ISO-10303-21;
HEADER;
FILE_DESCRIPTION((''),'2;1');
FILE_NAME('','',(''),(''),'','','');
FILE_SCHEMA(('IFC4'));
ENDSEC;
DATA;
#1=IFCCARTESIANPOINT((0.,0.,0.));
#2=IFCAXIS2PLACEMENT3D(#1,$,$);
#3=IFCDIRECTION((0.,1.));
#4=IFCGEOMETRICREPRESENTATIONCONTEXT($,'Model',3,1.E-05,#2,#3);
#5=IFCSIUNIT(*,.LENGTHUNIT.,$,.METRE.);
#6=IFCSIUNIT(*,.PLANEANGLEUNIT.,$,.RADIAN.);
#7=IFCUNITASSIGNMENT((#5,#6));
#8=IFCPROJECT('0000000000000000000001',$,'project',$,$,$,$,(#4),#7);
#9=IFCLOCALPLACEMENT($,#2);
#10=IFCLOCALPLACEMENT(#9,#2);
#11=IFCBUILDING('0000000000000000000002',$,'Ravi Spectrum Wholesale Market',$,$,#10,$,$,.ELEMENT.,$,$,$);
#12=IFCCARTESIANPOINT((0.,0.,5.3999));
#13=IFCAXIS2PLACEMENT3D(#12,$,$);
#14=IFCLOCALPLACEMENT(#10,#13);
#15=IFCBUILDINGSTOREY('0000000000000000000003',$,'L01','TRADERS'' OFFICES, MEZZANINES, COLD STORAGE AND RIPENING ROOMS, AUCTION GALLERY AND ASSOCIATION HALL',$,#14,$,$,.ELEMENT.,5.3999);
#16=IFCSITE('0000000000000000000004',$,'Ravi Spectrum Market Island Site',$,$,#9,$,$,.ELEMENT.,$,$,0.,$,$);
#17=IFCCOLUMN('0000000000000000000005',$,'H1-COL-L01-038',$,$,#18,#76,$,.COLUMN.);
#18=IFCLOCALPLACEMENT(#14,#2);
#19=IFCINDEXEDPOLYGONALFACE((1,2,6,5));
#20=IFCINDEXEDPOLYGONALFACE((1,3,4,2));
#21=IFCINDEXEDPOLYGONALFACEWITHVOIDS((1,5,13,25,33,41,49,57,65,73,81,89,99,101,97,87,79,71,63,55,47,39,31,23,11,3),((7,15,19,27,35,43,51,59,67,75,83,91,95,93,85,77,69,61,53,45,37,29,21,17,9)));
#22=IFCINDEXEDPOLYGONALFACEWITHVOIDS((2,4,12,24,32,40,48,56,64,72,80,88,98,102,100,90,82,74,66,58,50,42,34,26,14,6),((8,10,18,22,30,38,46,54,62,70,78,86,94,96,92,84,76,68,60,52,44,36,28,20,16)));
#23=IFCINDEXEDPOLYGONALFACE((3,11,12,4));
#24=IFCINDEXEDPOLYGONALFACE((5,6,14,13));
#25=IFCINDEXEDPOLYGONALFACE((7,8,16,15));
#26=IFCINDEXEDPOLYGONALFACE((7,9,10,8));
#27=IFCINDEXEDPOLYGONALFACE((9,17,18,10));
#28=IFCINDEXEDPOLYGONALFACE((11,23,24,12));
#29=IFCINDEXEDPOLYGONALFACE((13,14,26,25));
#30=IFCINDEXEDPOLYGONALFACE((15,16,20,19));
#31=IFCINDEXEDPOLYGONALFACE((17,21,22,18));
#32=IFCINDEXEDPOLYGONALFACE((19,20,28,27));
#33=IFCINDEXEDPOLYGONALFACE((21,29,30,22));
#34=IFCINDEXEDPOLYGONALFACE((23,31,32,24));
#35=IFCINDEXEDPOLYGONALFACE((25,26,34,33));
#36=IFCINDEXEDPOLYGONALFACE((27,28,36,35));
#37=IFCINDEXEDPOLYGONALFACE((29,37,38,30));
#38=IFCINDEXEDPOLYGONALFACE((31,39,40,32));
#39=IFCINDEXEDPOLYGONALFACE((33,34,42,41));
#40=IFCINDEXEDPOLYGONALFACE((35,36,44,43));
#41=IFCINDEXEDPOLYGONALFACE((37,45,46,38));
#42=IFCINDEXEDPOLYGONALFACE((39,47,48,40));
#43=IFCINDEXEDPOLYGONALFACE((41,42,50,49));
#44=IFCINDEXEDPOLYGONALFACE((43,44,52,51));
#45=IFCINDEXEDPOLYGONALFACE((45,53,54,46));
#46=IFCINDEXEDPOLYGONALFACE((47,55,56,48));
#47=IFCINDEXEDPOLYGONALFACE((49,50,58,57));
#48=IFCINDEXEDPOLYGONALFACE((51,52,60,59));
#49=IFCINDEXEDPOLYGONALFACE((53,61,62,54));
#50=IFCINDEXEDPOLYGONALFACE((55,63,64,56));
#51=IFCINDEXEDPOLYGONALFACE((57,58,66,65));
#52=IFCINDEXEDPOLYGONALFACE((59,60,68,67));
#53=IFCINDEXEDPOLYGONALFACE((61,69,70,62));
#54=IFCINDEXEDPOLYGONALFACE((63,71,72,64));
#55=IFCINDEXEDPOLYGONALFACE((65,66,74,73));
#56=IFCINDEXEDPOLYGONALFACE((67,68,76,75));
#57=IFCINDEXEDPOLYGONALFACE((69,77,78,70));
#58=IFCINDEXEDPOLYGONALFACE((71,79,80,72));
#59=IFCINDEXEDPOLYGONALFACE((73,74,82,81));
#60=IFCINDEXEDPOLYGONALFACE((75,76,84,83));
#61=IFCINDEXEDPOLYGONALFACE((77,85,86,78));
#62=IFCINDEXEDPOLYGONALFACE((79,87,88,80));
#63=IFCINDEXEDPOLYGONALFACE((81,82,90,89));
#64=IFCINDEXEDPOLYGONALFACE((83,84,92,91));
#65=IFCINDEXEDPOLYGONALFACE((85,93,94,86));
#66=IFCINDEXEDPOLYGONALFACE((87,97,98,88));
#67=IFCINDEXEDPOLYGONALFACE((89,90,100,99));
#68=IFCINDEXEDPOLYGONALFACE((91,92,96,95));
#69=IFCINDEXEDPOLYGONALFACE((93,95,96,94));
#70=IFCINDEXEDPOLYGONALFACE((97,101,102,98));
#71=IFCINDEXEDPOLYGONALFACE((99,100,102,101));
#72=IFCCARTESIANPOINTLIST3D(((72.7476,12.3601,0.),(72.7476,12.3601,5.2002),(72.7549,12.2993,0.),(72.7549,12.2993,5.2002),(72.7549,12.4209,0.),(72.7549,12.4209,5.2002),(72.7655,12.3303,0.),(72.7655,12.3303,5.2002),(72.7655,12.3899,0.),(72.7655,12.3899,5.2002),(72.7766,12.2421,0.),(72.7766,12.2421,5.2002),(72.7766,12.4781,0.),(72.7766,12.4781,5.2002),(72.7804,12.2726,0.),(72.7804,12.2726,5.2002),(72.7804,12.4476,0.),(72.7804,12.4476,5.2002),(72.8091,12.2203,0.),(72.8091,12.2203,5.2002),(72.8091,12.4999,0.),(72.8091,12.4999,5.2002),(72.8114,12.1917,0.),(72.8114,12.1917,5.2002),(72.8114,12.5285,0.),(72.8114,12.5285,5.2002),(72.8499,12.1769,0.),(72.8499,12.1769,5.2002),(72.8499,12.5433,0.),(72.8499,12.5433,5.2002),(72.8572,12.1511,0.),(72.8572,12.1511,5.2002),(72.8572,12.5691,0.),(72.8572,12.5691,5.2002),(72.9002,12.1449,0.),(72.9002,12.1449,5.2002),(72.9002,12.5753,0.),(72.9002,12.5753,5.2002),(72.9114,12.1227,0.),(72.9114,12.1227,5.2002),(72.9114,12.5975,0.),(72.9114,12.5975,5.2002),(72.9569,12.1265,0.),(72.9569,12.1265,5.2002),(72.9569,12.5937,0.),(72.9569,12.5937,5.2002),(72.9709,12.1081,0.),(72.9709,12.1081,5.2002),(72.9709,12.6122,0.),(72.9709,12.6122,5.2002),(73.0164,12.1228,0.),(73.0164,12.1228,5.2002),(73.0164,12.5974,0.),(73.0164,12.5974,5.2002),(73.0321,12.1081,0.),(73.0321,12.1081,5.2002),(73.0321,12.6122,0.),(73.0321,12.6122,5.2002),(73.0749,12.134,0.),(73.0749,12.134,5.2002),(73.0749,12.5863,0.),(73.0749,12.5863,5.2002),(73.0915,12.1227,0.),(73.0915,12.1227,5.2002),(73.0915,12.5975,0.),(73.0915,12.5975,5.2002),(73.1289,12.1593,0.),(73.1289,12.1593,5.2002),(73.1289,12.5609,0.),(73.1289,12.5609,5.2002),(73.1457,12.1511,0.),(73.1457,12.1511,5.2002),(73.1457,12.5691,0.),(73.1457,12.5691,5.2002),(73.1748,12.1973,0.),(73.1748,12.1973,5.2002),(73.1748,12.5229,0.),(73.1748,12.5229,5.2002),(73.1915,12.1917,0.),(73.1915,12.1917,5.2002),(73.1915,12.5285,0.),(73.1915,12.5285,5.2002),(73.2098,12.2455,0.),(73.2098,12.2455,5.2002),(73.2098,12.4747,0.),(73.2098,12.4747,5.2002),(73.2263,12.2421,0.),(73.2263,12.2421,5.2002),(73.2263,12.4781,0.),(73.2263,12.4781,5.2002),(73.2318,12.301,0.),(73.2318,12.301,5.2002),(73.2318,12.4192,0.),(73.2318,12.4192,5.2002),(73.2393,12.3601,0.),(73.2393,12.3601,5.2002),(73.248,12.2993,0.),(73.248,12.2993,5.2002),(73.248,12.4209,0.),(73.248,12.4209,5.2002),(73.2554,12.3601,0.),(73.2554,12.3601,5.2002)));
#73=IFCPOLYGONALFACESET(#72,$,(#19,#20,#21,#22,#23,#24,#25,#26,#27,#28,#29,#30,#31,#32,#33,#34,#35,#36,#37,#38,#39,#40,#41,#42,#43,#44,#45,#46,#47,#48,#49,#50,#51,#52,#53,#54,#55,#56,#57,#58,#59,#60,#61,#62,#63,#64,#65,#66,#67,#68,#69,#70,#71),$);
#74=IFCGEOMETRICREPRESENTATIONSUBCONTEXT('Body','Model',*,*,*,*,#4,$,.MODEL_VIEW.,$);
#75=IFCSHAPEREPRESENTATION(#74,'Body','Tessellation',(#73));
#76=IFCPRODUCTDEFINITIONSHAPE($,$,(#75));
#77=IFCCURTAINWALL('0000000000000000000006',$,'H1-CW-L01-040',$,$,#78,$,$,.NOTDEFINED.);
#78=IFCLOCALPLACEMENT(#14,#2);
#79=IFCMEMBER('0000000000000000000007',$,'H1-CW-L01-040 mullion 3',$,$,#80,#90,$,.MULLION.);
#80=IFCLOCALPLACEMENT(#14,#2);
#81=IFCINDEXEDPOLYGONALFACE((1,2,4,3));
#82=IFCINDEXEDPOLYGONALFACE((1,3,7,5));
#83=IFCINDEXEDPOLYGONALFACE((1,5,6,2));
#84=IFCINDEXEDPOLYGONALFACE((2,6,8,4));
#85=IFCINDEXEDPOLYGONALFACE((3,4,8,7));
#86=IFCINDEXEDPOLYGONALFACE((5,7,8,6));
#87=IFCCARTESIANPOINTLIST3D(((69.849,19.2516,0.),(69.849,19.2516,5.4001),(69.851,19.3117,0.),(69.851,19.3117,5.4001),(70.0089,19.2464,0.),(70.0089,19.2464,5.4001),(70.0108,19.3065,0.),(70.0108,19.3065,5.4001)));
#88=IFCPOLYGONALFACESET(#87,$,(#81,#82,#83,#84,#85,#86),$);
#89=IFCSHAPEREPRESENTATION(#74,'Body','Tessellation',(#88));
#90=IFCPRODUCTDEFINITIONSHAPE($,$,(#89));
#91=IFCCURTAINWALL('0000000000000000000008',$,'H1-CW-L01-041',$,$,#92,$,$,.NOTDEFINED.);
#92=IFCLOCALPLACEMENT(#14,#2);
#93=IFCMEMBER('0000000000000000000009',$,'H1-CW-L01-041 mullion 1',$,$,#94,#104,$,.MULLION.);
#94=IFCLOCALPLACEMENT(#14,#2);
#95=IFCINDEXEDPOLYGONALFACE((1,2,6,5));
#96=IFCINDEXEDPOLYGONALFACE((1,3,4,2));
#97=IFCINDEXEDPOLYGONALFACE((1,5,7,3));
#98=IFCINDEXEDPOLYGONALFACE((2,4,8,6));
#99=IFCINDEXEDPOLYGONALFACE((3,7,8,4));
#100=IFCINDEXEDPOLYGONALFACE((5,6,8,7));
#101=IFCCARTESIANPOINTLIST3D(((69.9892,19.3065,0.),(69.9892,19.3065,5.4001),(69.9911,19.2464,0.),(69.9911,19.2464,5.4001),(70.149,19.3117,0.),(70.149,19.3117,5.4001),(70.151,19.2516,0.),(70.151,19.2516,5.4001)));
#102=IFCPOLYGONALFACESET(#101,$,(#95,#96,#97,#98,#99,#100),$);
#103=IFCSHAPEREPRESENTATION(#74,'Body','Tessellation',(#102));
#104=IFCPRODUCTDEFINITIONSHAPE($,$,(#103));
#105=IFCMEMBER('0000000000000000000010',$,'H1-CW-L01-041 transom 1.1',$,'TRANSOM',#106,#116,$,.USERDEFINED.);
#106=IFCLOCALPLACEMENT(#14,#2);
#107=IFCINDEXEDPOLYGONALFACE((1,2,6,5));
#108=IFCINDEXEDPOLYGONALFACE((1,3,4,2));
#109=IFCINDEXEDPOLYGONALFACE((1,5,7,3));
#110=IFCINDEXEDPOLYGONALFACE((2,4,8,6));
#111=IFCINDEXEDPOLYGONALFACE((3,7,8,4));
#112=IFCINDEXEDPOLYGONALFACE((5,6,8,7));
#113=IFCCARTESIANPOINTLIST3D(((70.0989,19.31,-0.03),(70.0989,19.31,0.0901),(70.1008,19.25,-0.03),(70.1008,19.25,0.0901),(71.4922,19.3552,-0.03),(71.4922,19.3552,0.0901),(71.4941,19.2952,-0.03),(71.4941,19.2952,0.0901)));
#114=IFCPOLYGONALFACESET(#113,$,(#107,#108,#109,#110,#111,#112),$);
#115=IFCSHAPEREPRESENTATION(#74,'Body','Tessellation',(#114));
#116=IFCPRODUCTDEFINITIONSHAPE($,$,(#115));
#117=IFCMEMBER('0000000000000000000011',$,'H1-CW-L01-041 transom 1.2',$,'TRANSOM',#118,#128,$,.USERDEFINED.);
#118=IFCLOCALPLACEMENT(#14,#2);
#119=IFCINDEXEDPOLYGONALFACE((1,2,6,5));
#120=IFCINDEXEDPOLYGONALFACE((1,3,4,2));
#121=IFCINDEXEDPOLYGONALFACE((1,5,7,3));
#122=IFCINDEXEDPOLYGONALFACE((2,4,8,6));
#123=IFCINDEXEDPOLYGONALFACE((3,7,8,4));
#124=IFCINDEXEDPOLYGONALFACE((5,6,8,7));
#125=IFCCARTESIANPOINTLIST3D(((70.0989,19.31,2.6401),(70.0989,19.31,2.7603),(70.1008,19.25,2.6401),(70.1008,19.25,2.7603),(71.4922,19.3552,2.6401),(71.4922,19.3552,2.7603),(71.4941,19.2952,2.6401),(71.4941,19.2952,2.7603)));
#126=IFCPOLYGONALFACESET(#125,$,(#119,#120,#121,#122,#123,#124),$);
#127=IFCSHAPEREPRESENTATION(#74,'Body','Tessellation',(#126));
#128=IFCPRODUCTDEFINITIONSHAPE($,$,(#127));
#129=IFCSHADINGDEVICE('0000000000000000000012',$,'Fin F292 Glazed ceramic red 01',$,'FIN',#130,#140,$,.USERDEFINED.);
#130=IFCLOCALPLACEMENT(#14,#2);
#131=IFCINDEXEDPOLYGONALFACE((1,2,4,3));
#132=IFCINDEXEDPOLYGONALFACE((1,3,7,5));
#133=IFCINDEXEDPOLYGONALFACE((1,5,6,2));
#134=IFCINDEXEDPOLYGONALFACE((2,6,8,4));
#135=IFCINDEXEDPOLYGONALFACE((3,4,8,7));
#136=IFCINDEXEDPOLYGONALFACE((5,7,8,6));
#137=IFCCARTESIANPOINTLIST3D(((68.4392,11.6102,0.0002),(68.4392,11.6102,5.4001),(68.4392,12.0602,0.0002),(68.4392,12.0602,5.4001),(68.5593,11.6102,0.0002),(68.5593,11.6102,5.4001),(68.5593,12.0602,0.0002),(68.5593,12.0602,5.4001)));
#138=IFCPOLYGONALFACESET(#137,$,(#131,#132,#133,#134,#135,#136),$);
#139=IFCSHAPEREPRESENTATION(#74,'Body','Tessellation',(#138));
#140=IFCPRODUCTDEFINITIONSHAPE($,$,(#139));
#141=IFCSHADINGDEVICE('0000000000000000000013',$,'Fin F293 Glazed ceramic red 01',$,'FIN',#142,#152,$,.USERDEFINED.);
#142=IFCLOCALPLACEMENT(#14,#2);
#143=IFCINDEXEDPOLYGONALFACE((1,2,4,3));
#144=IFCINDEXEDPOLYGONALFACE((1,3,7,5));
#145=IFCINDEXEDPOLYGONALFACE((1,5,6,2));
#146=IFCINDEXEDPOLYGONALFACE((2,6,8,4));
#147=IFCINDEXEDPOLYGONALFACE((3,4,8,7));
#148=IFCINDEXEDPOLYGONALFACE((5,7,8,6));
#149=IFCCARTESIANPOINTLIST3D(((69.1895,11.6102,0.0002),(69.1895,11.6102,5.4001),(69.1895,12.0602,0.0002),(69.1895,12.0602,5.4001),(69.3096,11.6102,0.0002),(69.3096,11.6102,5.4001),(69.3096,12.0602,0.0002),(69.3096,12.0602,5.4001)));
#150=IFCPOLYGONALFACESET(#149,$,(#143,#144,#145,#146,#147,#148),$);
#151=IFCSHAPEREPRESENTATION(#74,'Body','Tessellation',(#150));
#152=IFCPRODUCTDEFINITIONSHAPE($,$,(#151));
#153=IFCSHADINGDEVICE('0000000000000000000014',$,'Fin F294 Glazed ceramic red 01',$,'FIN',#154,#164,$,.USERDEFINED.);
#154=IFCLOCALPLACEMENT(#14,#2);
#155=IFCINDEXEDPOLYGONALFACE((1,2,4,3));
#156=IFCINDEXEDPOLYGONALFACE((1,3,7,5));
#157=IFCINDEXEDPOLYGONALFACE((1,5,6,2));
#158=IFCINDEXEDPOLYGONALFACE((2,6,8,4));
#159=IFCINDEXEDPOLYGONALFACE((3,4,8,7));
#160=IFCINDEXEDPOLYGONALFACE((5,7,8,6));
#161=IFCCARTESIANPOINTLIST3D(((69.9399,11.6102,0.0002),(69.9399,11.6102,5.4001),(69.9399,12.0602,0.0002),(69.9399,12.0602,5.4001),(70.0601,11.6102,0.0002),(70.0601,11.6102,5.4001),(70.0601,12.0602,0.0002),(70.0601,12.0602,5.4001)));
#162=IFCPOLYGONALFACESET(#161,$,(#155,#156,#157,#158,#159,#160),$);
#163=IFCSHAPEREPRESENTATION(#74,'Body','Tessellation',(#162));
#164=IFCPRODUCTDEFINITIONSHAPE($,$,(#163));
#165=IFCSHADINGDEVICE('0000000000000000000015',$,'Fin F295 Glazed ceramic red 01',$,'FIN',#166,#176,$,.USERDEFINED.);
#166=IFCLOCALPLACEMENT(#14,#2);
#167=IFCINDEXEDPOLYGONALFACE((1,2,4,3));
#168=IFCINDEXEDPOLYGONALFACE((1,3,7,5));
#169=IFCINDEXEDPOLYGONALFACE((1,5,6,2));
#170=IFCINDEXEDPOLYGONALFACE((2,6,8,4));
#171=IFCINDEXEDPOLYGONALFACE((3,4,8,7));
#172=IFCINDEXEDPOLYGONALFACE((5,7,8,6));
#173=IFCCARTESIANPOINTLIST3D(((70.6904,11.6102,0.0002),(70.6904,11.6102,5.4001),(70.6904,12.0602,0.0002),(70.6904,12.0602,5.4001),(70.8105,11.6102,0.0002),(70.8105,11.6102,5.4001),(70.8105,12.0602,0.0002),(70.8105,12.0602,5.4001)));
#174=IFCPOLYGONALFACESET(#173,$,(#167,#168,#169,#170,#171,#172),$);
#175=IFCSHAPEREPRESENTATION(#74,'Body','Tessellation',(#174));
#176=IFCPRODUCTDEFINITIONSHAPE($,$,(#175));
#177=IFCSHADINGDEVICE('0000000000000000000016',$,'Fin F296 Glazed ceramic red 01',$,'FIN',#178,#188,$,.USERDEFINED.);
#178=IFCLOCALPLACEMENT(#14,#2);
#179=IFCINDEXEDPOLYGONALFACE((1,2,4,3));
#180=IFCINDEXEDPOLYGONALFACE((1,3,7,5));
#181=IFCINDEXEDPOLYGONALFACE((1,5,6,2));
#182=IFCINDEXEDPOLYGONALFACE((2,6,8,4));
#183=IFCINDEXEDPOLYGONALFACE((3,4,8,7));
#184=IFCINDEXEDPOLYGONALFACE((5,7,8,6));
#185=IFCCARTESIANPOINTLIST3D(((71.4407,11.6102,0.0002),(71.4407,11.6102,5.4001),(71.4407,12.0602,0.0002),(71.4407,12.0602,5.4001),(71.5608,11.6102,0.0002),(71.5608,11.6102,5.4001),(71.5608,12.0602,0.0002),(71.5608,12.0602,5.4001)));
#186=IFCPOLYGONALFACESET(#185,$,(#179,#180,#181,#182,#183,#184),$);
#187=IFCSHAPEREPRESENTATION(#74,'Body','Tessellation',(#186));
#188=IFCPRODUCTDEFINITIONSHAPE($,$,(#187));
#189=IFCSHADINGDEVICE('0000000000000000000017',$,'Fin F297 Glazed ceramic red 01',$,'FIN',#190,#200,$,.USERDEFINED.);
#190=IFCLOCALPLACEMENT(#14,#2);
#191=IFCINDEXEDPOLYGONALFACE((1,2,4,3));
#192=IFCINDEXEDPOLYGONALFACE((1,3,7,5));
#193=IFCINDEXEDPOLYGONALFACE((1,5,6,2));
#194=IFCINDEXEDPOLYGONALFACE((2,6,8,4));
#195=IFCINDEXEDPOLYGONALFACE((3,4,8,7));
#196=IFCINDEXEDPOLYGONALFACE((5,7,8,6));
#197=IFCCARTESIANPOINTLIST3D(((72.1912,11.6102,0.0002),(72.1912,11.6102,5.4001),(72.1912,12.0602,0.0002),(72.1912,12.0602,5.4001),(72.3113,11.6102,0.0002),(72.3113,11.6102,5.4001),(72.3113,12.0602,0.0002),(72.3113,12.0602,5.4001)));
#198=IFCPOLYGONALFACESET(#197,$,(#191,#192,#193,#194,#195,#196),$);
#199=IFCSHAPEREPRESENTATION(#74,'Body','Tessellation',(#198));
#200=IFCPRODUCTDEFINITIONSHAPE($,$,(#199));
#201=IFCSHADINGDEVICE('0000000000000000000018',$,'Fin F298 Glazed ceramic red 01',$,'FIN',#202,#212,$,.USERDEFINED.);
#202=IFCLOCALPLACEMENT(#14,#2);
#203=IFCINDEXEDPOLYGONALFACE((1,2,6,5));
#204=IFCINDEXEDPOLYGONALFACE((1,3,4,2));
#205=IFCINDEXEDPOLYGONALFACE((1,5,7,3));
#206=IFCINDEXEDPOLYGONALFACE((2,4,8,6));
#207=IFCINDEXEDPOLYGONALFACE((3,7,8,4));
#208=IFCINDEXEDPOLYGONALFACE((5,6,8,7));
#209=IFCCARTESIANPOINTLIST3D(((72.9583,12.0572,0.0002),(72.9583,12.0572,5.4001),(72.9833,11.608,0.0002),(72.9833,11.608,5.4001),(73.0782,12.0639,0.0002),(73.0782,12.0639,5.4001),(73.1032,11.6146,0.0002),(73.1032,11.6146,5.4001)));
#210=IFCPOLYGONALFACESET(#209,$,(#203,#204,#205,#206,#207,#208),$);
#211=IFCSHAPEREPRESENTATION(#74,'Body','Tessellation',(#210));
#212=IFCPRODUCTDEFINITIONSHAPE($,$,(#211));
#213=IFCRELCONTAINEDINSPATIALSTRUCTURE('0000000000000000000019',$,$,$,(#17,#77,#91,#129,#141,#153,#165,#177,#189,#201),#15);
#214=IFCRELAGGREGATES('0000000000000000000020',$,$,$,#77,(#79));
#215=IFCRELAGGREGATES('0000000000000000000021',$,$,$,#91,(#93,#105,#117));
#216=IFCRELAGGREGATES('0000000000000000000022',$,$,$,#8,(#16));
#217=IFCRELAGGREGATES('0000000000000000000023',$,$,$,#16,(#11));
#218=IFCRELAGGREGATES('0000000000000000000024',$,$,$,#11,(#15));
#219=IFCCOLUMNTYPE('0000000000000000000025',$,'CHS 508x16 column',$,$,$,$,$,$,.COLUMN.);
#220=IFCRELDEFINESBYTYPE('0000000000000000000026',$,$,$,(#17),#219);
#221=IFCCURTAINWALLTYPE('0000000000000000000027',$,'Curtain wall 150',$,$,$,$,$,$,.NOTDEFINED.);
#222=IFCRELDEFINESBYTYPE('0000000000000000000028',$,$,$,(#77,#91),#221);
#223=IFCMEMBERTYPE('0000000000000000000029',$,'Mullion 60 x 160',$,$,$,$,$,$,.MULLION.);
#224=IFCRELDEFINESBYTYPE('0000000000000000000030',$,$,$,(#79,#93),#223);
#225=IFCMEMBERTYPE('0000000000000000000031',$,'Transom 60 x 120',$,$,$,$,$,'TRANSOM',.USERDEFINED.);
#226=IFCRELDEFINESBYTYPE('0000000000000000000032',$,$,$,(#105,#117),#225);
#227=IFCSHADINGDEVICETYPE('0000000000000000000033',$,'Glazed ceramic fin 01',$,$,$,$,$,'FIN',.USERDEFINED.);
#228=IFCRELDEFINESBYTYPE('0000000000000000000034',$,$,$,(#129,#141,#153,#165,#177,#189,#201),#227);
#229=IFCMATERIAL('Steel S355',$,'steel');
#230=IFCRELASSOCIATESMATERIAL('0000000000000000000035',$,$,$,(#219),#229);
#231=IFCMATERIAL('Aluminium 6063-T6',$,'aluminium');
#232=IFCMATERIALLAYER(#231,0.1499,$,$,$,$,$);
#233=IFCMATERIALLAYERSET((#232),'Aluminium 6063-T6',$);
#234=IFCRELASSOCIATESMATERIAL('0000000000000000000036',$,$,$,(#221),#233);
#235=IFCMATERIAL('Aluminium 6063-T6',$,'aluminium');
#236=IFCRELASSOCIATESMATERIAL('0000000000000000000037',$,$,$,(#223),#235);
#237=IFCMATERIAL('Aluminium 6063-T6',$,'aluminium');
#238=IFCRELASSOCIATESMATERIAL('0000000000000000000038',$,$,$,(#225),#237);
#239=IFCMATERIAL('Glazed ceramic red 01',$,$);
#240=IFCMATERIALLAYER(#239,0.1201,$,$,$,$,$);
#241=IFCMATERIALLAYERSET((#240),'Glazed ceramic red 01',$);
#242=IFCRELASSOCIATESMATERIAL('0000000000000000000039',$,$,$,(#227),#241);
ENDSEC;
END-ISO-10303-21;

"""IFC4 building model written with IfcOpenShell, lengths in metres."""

from ifc_helpers import new_model, si_unit, direction, frame, origin, origin_2d, place, context, subcontext, project, spatial, rectangle, hollow_circle, extrude, material, layer, layer_set, material_profile, profile_set, type_object, element, aggregate, save


model = new_model("IFC4")

# Units and contexts
model_context = context("Model", 3, precision=1e-05, world=origin(), true_north=direction((0.0, 1.0)))
body_context = subcontext(model_context, "Body", "Model", "MODEL_VIEW")
ifc_project = project(units=[si_unit("LENGTHUNIT", "METRE"), si_unit("PLANEANGLEUNIT", "RADIAN")], contexts=[model_context])

# Site, building, storey
site_placement = place(None, origin())
site = spatial("IfcSite", under=ifc_project, at=site_placement, Name="Ravi Spectrum Market Island Site", CompositionType="ELEMENT", RefElevation=0.0)
building_placement = place(site_placement, origin())
building = spatial("IfcBuilding", under=site, at=building_placement, Name="Ravi Spectrum Wholesale Market", CompositionType="ELEMENT")
storey_placement = place(building_placement, frame((0.0, 0.0, 5.3999)))
storey = spatial("IfcBuildingStorey", under=building, at=storey_placement, Name="L01", Description="TRADERS' OFFICES, MEZZANINES, COLD STORAGE AND RIPENING ROOMS, AUCTION GALLERY AND ASSOCIATION HALL", CompositionType="ELEMENT", Elevation=5.3999)

# Column
ifc_material_1 = material(Name="Steel S355", Category="steel")
ifc_material_profile_1 = material_profile(ifc_material_1, hollow_circle(Radius=0.2539, WallThickness=0.0161, at=origin_2d()))
ifc_profile_set_1 = profile_set([ifc_material_profile_1], Name="Steel S355")
column_type = type_object("IfcColumnType", Name="CHS 508x16 column", PredefinedType="COLUMN", material=ifc_profile_set_1)
column_placement = place(storey_placement, frame((73.0015, 12.3601, 0.0), z_axis=(0.0, 0.0, 1.0), x_axis=(1.0, 0.0, 0.0)))
element("IfcColumn", 1, at=column_placement, inside=storey, type_object=column_type, Name="H1-COL-L01-038", PredefinedType="COLUMN", context=body_context, shape_type="SweptSolid", body=[
    extrude(hollow_circle(Radius=0.2539, WallThickness=0.0161, at=origin_2d()), origin(), (0.0, 0.0, 1.0), 5.2002),
])

# Curtain wall, member
ifc_material_2 = material(Name="Aluminium 6063-T6", Category="aluminium")
ifc_layer_1 = layer(ifc_material_2, 0.1499)
ifc_layer_set_1 = layer_set([ifc_layer_1], Name="Aluminium 6063-T6")
curtain_wall_type = type_object("IfcCurtainWallType", Name="Curtain wall 150", PredefinedType="NOTDEFINED", material=ifc_layer_set_1)
curtain_wall_1_placement = place(storey_placement, origin())
curtain_wall_1 = element("IfcCurtainWall", 2, at=curtain_wall_1_placement, inside=storey, type_object=curtain_wall_type, Name="H1-CW-L01-040", PredefinedType="NOTDEFINED")
ifc_material_3 = material(Name="Aluminium 6063-T6", Category="aluminium")
ifc_material_profile_2 = material_profile(ifc_material_3, rectangle(XDim=0.0601, YDim=0.1599, at=origin_2d()))
ifc_profile_set_2 = profile_set([ifc_material_profile_2], Name="Aluminium 6063-T6")
member_type_1 = type_object("IfcMemberType", Name="Mullion 60 x 160", PredefinedType="MULLION", material=ifc_profile_set_2)
member_1_placement = place(storey_placement, frame((69.9299, 19.2791, 0.0), z_axis=(0.0, 0.0, 1.0), x_axis=(0.032427, 0.999474, 0.0)))
member_1 = element("IfcMember", 3, at=member_1_placement, type_object=member_type_1, Name="H1-CW-L01-040 mullion 3", PredefinedType="MULLION", context=body_context, shape_type="SweptSolid", body=[
    extrude(rectangle(XDim=0.0601, YDim=0.1599, at=origin_2d()), origin(), (0.0, 0.0, 1.0), 5.4001),
])
aggregate(curtain_wall_1, [member_1])

# Curtain wall, members
curtain_wall_2_placement = place(storey_placement, origin())
curtain_wall_2 = element("IfcCurtainWall", 4, at=curtain_wall_2_placement, inside=storey, type_object=curtain_wall_type, Name="H1-CW-L01-041", PredefinedType="NOTDEFINED")
member_2_placement = place(storey_placement, frame((70.0701, 19.2791, 0.0), z_axis=(0.0, 0.0, 1.0), x_axis=(-0.032427, 0.999474, 0.0)))
member_2 = element("IfcMember", 5, at=member_2_placement, type_object=member_type_1, Name="H1-CW-L01-041 mullion 1", PredefinedType="MULLION", context=body_context, shape_type="SweptSolid", body=[
    extrude(rectangle(XDim=0.0601, YDim=0.1599, at=origin_2d()), origin(), (0.0, 0.0, 1.0), 5.4001),
])
ifc_material_4 = material(Name="Aluminium 6063-T6", Category="aluminium")
ifc_material_profile_3 = material_profile(ifc_material_4, rectangle(XDim=0.0601, YDim=0.1201, at=origin_2d()))
ifc_profile_set_3 = profile_set([ifc_material_profile_3], Name="Aluminium 6063-T6")
member_type_2 = type_object("IfcMemberType", Name="Transom 60 x 120", ElementType="TRANSOM", PredefinedType="USERDEFINED", material=ifc_profile_set_3)
member_3_placement = place(storey_placement, frame((70.0999, 19.28, 0.03), z_axis=(0.999475, 0.032399, 0.0), x_axis=(-0.032399, 0.999475, 0.0)))
member_3 = element("IfcMember", 6, at=member_3_placement, type_object=member_type_2, Name="H1-CW-L01-041 transom 1.1", ObjectType="TRANSOM", PredefinedType="USERDEFINED", context=body_context, shape_type="SweptSolid", body=[
    extrude(rectangle(XDim=0.0601, YDim=0.1201, at=origin_2d()), origin(), (0.0, 0.0, 1.0), 1.394),
])
member_4_placement = place(storey_placement, frame((70.0999, 19.28, 2.7002), z_axis=(0.999475, 0.032399, 0.0), x_axis=(-0.032399, 0.999475, 0.0)))
member_4 = element("IfcMember", 7, at=member_4_placement, type_object=member_type_2, Name="H1-CW-L01-041 transom 1.2", ObjectType="TRANSOM", PredefinedType="USERDEFINED", context=body_context, shape_type="SweptSolid", body=[
    extrude(rectangle(XDim=0.0601, YDim=0.1201, at=origin_2d()), origin(), (0.0, 0.0, 1.0), 1.394),
])
aggregate(curtain_wall_2, [member_2, member_3, member_4])

# Shading devices
ifc_material_5 = material(Name="Glazed ceramic red 01")
ifc_layer_2 = layer(ifc_material_5, 0.1201)
ifc_layer_set_2 = layer_set([ifc_layer_2], Name="Glazed ceramic red 01")
shading_device_type = type_object("IfcShadingDeviceType", Name="Glazed ceramic fin 01", ElementType="FIN", PredefinedType="USERDEFINED", material=ifc_layer_set_2)
for number, where, z_axis, x_axis, name in (
    (8, (68.4993, 11.8352, 0.0002), (0.0, 0.0, 1.0), (1.0, 0.0, 0.0), "Fin F292 Glazed ceramic red 01"),
    (9, (69.2495, 11.8352, 0.0002), (0.0, 0.0, 1.0), (1.0, 0.0, 0.0), "Fin F293 Glazed ceramic red 01"),
    (10, (70.0, 11.8352, 0.0002), (0.0, 0.0, 1.0), (1.0, 0.0, 0.0), "Fin F294 Glazed ceramic red 01"),
    (11, (70.7505, 11.8352, 0.0002), (0.0, 0.0, 1.0), (1.0, 0.0, 0.0), "Fin F295 Glazed ceramic red 01"),
    (12, (71.5007, 11.8352, 0.0002), (0.0, 0.0, 1.0), (1.0, 0.0, 0.0), "Fin F296 Glazed ceramic red 01"),
    (13, (72.2512, 11.8352, 0.0002), (0.0, 0.0, 1.0), (1.0, 0.0, 0.0), "Fin F297 Glazed ceramic red 01"),
    (14, (73.0308, 11.8359, 0.0002), (0.0, 0.0, 1.0), (0.998454, 0.055583, 0.0), "Fin F298 Glazed ceramic red 01"),
):
    element("IfcShadingDevice", number, at=place(storey_placement, frame(where, z_axis=z_axis, x_axis=x_axis)), inside=storey, type_object=shading_device_type, Name=name, ObjectType="FIN", PredefinedType="USERDEFINED", context=body_context, shape_type="SweptSolid", body=[
        extrude(rectangle(XDim=0.1201, YDim=0.45, at=origin_2d()), origin(), (0.0, 0.0, 1.0), 5.3999),
    ])

save(model, "model.ifc")
